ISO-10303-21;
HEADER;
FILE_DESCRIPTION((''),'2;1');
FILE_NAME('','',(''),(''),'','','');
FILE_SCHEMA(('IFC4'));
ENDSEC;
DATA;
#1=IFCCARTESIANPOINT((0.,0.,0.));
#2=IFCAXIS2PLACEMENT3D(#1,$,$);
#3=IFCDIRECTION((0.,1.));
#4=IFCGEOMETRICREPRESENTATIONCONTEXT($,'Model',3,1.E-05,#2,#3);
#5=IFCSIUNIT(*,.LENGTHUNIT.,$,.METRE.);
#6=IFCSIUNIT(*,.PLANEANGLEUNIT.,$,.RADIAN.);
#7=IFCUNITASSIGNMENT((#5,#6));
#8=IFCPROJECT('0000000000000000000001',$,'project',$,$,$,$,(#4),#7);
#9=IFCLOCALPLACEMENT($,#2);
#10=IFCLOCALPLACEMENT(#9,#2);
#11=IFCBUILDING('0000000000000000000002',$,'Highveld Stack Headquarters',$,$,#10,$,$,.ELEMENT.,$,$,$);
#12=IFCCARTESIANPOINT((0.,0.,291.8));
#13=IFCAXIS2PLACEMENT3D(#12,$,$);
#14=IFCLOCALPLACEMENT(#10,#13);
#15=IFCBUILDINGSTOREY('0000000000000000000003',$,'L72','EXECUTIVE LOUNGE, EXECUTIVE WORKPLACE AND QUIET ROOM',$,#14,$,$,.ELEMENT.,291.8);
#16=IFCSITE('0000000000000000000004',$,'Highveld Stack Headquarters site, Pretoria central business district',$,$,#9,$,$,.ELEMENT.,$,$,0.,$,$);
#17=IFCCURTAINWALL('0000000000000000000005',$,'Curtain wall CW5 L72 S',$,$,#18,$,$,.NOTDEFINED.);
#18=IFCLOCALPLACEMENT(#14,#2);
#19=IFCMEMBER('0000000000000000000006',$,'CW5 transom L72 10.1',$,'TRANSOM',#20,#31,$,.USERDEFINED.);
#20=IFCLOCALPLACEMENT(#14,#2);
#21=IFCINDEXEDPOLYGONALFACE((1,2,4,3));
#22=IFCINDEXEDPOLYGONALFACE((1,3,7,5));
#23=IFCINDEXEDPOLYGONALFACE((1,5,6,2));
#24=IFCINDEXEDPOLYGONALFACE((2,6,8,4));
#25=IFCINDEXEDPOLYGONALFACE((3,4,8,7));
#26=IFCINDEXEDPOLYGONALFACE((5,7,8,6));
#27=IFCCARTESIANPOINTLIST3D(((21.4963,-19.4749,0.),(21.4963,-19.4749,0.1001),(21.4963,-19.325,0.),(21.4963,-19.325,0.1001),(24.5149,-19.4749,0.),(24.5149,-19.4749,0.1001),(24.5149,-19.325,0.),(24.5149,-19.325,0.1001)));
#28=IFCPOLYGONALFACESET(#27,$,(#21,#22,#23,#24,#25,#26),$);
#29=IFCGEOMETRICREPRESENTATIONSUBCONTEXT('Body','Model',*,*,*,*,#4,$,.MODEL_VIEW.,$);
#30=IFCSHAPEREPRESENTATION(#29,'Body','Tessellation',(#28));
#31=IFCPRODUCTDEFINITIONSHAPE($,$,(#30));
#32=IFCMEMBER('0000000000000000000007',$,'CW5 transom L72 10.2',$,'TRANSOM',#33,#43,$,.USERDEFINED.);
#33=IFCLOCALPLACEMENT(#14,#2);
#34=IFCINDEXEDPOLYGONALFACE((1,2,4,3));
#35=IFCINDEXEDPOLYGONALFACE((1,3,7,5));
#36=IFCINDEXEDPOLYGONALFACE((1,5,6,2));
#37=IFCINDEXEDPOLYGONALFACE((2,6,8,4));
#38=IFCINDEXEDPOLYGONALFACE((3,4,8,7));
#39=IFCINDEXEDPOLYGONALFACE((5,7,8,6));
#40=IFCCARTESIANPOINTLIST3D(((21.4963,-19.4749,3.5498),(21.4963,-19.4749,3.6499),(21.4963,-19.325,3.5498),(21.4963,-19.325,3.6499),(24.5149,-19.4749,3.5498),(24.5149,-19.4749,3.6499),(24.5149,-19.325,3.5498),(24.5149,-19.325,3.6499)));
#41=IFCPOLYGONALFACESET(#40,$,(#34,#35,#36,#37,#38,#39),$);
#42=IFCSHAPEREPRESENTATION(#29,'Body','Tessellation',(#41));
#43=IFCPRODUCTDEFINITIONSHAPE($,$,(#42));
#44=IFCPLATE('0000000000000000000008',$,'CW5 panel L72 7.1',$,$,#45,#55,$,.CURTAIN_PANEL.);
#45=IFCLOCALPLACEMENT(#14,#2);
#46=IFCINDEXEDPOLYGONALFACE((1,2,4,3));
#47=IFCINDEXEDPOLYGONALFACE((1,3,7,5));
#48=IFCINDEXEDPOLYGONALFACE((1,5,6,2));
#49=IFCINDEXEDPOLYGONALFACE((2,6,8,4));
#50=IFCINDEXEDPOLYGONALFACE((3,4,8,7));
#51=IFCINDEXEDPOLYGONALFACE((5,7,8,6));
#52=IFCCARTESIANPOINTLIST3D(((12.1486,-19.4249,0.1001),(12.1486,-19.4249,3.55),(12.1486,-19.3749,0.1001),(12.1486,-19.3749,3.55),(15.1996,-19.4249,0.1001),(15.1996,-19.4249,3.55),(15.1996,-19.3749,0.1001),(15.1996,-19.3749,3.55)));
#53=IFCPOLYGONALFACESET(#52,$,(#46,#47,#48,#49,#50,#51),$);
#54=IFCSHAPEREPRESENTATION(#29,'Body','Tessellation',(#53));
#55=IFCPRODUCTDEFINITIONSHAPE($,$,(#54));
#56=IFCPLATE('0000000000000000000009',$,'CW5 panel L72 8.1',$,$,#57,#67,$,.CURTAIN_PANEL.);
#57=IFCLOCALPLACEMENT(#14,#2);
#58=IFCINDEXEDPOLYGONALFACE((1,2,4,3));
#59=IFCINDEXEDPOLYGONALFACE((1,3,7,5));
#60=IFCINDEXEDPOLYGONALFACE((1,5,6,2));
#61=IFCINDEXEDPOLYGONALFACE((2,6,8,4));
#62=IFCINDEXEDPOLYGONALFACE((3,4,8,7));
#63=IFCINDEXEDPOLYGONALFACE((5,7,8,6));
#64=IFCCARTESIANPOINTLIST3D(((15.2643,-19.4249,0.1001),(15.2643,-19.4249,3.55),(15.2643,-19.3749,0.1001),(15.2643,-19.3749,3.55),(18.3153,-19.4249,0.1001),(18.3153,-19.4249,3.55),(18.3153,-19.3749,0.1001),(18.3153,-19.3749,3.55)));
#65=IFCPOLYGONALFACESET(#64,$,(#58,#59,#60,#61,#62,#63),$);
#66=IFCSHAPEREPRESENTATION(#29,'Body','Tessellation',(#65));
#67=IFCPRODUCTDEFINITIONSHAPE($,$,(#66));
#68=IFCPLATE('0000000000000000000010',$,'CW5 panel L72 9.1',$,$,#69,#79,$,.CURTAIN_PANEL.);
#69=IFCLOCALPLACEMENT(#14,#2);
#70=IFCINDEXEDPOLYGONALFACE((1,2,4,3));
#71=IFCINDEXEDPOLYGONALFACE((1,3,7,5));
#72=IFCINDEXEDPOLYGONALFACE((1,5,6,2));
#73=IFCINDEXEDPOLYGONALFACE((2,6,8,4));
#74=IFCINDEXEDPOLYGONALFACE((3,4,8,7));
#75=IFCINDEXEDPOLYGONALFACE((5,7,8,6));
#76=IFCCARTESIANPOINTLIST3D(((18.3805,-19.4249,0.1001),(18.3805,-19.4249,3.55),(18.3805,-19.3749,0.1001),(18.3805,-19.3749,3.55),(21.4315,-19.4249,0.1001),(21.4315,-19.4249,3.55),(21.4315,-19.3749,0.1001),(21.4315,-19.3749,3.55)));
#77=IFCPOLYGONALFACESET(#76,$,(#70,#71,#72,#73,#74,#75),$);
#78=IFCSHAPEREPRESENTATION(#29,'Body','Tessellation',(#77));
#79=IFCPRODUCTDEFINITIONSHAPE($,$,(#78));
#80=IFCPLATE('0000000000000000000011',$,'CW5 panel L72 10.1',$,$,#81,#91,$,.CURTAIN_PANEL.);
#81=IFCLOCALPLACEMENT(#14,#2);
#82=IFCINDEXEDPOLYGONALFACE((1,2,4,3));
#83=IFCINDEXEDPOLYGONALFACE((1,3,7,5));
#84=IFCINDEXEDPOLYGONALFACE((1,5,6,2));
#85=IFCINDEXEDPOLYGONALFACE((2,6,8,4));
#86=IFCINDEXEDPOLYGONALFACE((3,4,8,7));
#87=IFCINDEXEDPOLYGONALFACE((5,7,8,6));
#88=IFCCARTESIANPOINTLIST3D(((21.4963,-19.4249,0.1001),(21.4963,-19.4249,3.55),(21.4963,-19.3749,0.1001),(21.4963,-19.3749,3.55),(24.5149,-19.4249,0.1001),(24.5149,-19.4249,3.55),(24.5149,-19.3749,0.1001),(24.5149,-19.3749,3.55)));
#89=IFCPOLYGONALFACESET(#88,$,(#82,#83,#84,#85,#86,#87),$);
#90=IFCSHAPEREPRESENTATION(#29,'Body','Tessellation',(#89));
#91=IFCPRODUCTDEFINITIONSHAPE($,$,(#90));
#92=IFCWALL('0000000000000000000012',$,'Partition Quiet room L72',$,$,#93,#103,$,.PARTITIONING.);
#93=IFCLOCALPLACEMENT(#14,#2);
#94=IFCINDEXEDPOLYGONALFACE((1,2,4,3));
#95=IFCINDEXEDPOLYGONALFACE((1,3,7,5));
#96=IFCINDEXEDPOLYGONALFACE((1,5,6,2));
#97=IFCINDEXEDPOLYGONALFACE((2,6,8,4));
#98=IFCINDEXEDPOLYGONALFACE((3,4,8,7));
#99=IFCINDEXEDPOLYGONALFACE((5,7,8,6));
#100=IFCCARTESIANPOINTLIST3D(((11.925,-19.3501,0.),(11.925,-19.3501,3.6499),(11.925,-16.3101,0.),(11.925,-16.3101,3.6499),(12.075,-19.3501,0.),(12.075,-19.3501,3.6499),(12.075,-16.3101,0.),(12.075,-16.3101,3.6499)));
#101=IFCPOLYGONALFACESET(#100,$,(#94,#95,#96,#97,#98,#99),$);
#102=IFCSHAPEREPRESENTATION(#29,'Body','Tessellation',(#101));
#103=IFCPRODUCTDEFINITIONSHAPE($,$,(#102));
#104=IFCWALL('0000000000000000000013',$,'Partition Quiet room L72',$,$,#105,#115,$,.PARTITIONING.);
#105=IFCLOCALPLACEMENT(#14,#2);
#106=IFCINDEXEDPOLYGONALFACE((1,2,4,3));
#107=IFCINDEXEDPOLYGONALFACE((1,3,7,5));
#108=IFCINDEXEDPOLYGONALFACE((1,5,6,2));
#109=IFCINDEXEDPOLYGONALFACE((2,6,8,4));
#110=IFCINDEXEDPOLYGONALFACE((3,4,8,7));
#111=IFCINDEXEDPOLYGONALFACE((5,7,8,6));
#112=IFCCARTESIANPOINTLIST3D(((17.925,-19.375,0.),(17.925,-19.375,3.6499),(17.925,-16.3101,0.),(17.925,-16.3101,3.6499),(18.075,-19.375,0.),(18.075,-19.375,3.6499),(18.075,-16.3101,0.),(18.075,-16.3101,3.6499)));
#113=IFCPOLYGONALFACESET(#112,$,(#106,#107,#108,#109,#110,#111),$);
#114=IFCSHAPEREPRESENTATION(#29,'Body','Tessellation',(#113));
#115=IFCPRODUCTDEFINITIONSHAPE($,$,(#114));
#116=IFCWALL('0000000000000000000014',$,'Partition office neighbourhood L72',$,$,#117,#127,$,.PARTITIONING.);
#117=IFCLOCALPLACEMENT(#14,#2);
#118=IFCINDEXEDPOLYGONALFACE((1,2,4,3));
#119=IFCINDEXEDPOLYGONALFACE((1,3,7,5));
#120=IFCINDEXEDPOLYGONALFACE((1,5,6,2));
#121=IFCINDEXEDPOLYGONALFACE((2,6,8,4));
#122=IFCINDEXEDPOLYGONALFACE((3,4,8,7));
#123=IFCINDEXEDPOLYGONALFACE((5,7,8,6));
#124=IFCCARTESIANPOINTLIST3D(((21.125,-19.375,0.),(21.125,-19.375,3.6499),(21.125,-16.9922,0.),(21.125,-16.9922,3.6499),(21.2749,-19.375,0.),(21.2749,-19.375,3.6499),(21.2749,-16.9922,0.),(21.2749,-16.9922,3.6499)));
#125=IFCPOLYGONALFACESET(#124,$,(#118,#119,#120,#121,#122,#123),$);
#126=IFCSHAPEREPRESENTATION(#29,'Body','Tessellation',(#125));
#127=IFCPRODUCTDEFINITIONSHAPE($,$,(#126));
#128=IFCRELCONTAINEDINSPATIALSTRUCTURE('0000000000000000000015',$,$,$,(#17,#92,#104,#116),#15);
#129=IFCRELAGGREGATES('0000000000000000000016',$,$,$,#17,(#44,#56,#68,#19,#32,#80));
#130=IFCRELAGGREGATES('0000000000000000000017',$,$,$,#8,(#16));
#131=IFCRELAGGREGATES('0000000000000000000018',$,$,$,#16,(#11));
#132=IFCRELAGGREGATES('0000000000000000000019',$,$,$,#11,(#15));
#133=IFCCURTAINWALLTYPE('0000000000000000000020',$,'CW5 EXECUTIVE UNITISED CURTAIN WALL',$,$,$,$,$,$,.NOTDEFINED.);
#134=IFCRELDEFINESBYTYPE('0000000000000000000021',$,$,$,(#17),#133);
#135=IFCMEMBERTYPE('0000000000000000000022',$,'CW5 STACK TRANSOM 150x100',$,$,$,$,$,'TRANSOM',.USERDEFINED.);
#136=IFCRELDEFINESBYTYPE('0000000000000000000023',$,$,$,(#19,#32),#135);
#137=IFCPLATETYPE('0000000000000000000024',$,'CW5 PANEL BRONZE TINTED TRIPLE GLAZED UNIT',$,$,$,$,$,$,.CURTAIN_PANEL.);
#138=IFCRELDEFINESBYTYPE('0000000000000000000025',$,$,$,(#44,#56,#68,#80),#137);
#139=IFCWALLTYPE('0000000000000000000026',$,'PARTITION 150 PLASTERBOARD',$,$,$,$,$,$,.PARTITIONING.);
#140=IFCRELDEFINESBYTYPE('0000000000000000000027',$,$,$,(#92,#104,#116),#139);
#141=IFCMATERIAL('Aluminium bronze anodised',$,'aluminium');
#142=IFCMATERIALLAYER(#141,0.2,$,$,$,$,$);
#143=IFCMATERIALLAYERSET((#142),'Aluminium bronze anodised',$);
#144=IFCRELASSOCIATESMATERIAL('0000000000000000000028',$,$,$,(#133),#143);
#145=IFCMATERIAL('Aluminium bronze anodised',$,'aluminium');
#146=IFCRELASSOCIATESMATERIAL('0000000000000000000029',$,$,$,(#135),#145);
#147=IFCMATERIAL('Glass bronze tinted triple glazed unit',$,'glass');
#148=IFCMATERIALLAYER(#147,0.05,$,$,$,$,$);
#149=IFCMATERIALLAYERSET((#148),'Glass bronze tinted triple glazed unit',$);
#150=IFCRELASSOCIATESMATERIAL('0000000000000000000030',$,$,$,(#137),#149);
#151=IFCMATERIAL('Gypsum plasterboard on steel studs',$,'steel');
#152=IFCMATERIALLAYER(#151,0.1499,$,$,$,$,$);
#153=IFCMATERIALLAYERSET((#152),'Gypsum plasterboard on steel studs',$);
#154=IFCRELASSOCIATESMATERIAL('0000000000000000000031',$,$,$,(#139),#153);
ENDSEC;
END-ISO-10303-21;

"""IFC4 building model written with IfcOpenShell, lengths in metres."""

from ifc_helpers import new_model, si_unit, direction, frame, frame_2d, origin, origin_2d, place, context, subcontext, project, spatial, rectangle, extrude, material, layer, layer_set, material_profile, profile_set, type_object, element, aggregate, save


model = new_model("IFC4")

# Units and contexts
model_context = context("Model", 3, precision=1e-05, world=origin(), true_north=direction((0.0, 1.0)))
body_context = subcontext(model_context, "Body", "Model", "MODEL_VIEW")
ifc_project = project(units=[si_unit("LENGTHUNIT", "METRE"), si_unit("PLANEANGLEUNIT", "RADIAN")], contexts=[model_context])

# Site, building, storey
site_placement = place(None, origin())
site = spatial("IfcSite", under=ifc_project, at=site_placement, Name="Highveld Stack Headquarters site, Pretoria central business district", CompositionType="ELEMENT", RefElevation=0.0)
building_placement = place(site_placement, origin())
building = spatial("IfcBuilding", under=site, at=building_placement, Name="Highveld Stack Headquarters", CompositionType="ELEMENT")
storey_placement = place(building_placement, frame((0.0, 0.0, 291.8)))
storey = spatial("IfcBuildingStorey", under=building, at=storey_placement, Name="L72", Description="EXECUTIVE LOUNGE, EXECUTIVE WORKPLACE AND QUIET ROOM", CompositionType="ELEMENT", Elevation=291.8)

# Curtain wall, members, plates
ifc_material_1 = material(Name="Aluminium bronze anodised", Category="aluminium")
ifc_layer_1 = layer(ifc_material_1, 0.2)
ifc_layer_set_1 = layer_set([ifc_layer_1], Name="Aluminium bronze anodised")
curtain_wall_type = type_object("IfcCurtainWallType", Name="CW5 EXECUTIVE UNITISED CURTAIN WALL", PredefinedType="NOTDEFINED", material=ifc_layer_set_1)
curtain_wall_placement = place(storey_placement, origin())
curtain_wall = element("IfcCurtainWall", 1, at=curtain_wall_placement, inside=storey, type_object=curtain_wall_type, Name="Curtain wall CW5 L72 S", PredefinedType="NOTDEFINED")
ifc_material_2 = material(Name="Aluminium bronze anodised", Category="aluminium")
ifc_material_profile_1 = material_profile(ifc_material_2, rectangle(XDim=0.1499, YDim=0.1001, at=origin_2d()), Name="CW5 TRANSOM 150x100")
ifc_profile_set_1 = profile_set([ifc_material_profile_1], Name="Aluminium bronze anodised")
member_type_1 = type_object("IfcMemberType", Name="CW5 STACK TRANSOM 150x100", ElementType="TRANSOM", PredefinedType="USERDEFINED", material=ifc_profile_set_1)
member_1_placement = place(storey_placement, frame((21.4963, -19.3999, 0.05), z_axis=(1.0, 0.0, 0.0), x_axis=(0.0, 1.0, 0.0)))
member_1 = element("IfcMember", 2, at=member_1_placement, type_object=member_type_1, Name="CW5 transom L72 10.1", ObjectType="TRANSOM", PredefinedType="USERDEFINED", context=body_context, shape_type="SweptSolid", body=[
    extrude(rectangle(XDim=0.1499, YDim=0.1001, at=origin_2d()), origin(), (0.0, 0.0, 1.0), 3.0186),
])
member_2_placement = place(storey_placement, frame((21.4963, -19.3999, 3.5999), z_axis=(1.0, 0.0, 0.0), x_axis=(0.0, 1.0, 0.0)))
member_2 = element("IfcMember", 3, at=member_2_placement, type_object=member_type_1, Name="CW5 transom L72 10.2", ObjectType="TRANSOM", PredefinedType="USERDEFINED", context=body_context, shape_type="SweptSolid", body=[
    extrude(rectangle(XDim=0.1499, YDim=0.1001, at=origin_2d()), origin(), (0.0, 0.0, 1.0), 3.0186),
])
ifc_material_3 = material(Name="Glass bronze tinted triple glazed unit", Category="glass")
ifc_layer_2 = layer(ifc_material_3, 0.05)
ifc_layer_set_2 = layer_set([ifc_layer_2], Name="Glass bronze tinted triple glazed unit")
plate_type = type_object("IfcPlateType", Name="CW5 PANEL BRONZE TINTED TRIPLE GLAZED UNIT", PredefinedType="CURTAIN_PANEL", material=ifc_layer_set_2)
plate_1_placement = place(storey_placement, frame((13.6741, -19.3999, 0.1001), z_axis=(0.0, 0.0, 1.0), x_axis=(1.0, 0.0, 0.0)))
plate_1 = element("IfcPlate", 4, at=plate_1_placement, type_object=plate_type, Name="CW5 panel L72 7.1", PredefinedType="CURTAIN_PANEL", context=body_context, shape_type="SweptSolid", body=[
    extrude(rectangle(XDim=3.051, YDim=0.05, at=origin_2d()), origin(), (0.0, 0.0, 1.0), 3.45),
])
plate_2_placement = place(storey_placement, frame((16.7898, -19.3999, 0.1001), z_axis=(0.0, 0.0, 1.0), x_axis=(1.0, 0.0, 0.0)))
plate_2 = element("IfcPlate", 5, at=plate_2_placement, type_object=plate_type, Name="CW5 panel L72 8.1", PredefinedType="CURTAIN_PANEL", context=body_context, shape_type="SweptSolid", body=[
    extrude(rectangle(XDim=3.051, YDim=0.05, at=origin_2d()), origin(), (0.0, 0.0, 1.0), 3.45),
])
plate_3_placement = place(storey_placement, frame((19.906, -19.3999, 0.1001), z_axis=(0.0, 0.0, 1.0), x_axis=(1.0, 0.0, 0.0)))
plate_3 = element("IfcPlate", 6, at=plate_3_placement, type_object=plate_type, Name="CW5 panel L72 9.1", PredefinedType="CURTAIN_PANEL", context=body_context, shape_type="SweptSolid", body=[
    extrude(rectangle(XDim=3.051, YDim=0.05, at=origin_2d()), origin(), (0.0, 0.0, 1.0), 3.45),
])
plate_4_placement = place(storey_placement, frame((23.0056, -19.3999, 0.1001), z_axis=(0.0, 0.0, 1.0), x_axis=(1.0, 0.0, 0.0)))
plate_4 = element("IfcPlate", 7, at=plate_4_placement, type_object=plate_type, Name="CW5 panel L72 10.1", PredefinedType="CURTAIN_PANEL", context=body_context, shape_type="SweptSolid", body=[
    extrude(rectangle(XDim=3.0186, YDim=0.05, at=origin_2d()), origin(), (0.0, 0.0, 1.0), 3.45),
])
aggregate(curtain_wall, [plate_1, plate_2, plate_3, member_1, member_2, plate_4])

# Walls
ifc_material_4 = material(Name="Gypsum plasterboard on steel studs", Category="steel")
ifc_layer_3 = layer(ifc_material_4, 0.1499)
ifc_layer_set_3 = layer_set([ifc_layer_3], Name="Gypsum plasterboard on steel studs")
wall_type = type_object("IfcWallType", Name="PARTITION 150 PLASTERBOARD", PredefinedType="PARTITIONING", material=ifc_layer_set_3)
wall_1_placement = place(storey_placement, frame((12.0, -19.3501, 0.0), z_axis=(0.0, 0.0, 1.0), x_axis=(0.0, 1.0, 0.0)))
element("IfcWall", 8, at=wall_1_placement, inside=storey, type_object=wall_type, Name="Partition Quiet room L72", PredefinedType="PARTITIONING", context=body_context, shape_type="SweptSolid", body=[
    extrude(rectangle(XDim=3.04, YDim=0.1499, at=frame_2d((1.52, 0.0))), origin(), (0.0, 0.0, 1.0), 3.6499),
])
wall_2_placement = place(storey_placement, frame((18.0, -19.375, 0.0), z_axis=(0.0, 0.0, 1.0), x_axis=(0.0, 1.0, 0.0)))
element("IfcWall", 9, at=wall_2_placement, inside=storey, type_object=wall_type, Name="Partition Quiet room L72", PredefinedType="PARTITIONING", context=body_context, shape_type="SweptSolid", body=[
    extrude(rectangle(XDim=3.0649, YDim=0.1499, at=frame_2d((1.5325, 0.0))), origin(), (0.0, 0.0, 1.0), 3.6499),
])

# Wall
wall_3_placement = place(storey_placement, frame((21.2, -19.375, 0.0), z_axis=(0.0, 0.0, 1.0), x_axis=(0.0, 1.0, 0.0)))
element("IfcWall", 10, at=wall_3_placement, inside=storey, type_object=wall_type, Name="Partition office neighbourhood L72", PredefinedType="PARTITIONING", context=body_context, shape_type="SweptSolid", body=[
    extrude(rectangle(XDim=2.3828, YDim=0.1499, at=frame_2d((1.1914, 0.0))), origin(), (0.0, 0.0, 1.0), 3.6499),
])

save(model, "model.ifc")
